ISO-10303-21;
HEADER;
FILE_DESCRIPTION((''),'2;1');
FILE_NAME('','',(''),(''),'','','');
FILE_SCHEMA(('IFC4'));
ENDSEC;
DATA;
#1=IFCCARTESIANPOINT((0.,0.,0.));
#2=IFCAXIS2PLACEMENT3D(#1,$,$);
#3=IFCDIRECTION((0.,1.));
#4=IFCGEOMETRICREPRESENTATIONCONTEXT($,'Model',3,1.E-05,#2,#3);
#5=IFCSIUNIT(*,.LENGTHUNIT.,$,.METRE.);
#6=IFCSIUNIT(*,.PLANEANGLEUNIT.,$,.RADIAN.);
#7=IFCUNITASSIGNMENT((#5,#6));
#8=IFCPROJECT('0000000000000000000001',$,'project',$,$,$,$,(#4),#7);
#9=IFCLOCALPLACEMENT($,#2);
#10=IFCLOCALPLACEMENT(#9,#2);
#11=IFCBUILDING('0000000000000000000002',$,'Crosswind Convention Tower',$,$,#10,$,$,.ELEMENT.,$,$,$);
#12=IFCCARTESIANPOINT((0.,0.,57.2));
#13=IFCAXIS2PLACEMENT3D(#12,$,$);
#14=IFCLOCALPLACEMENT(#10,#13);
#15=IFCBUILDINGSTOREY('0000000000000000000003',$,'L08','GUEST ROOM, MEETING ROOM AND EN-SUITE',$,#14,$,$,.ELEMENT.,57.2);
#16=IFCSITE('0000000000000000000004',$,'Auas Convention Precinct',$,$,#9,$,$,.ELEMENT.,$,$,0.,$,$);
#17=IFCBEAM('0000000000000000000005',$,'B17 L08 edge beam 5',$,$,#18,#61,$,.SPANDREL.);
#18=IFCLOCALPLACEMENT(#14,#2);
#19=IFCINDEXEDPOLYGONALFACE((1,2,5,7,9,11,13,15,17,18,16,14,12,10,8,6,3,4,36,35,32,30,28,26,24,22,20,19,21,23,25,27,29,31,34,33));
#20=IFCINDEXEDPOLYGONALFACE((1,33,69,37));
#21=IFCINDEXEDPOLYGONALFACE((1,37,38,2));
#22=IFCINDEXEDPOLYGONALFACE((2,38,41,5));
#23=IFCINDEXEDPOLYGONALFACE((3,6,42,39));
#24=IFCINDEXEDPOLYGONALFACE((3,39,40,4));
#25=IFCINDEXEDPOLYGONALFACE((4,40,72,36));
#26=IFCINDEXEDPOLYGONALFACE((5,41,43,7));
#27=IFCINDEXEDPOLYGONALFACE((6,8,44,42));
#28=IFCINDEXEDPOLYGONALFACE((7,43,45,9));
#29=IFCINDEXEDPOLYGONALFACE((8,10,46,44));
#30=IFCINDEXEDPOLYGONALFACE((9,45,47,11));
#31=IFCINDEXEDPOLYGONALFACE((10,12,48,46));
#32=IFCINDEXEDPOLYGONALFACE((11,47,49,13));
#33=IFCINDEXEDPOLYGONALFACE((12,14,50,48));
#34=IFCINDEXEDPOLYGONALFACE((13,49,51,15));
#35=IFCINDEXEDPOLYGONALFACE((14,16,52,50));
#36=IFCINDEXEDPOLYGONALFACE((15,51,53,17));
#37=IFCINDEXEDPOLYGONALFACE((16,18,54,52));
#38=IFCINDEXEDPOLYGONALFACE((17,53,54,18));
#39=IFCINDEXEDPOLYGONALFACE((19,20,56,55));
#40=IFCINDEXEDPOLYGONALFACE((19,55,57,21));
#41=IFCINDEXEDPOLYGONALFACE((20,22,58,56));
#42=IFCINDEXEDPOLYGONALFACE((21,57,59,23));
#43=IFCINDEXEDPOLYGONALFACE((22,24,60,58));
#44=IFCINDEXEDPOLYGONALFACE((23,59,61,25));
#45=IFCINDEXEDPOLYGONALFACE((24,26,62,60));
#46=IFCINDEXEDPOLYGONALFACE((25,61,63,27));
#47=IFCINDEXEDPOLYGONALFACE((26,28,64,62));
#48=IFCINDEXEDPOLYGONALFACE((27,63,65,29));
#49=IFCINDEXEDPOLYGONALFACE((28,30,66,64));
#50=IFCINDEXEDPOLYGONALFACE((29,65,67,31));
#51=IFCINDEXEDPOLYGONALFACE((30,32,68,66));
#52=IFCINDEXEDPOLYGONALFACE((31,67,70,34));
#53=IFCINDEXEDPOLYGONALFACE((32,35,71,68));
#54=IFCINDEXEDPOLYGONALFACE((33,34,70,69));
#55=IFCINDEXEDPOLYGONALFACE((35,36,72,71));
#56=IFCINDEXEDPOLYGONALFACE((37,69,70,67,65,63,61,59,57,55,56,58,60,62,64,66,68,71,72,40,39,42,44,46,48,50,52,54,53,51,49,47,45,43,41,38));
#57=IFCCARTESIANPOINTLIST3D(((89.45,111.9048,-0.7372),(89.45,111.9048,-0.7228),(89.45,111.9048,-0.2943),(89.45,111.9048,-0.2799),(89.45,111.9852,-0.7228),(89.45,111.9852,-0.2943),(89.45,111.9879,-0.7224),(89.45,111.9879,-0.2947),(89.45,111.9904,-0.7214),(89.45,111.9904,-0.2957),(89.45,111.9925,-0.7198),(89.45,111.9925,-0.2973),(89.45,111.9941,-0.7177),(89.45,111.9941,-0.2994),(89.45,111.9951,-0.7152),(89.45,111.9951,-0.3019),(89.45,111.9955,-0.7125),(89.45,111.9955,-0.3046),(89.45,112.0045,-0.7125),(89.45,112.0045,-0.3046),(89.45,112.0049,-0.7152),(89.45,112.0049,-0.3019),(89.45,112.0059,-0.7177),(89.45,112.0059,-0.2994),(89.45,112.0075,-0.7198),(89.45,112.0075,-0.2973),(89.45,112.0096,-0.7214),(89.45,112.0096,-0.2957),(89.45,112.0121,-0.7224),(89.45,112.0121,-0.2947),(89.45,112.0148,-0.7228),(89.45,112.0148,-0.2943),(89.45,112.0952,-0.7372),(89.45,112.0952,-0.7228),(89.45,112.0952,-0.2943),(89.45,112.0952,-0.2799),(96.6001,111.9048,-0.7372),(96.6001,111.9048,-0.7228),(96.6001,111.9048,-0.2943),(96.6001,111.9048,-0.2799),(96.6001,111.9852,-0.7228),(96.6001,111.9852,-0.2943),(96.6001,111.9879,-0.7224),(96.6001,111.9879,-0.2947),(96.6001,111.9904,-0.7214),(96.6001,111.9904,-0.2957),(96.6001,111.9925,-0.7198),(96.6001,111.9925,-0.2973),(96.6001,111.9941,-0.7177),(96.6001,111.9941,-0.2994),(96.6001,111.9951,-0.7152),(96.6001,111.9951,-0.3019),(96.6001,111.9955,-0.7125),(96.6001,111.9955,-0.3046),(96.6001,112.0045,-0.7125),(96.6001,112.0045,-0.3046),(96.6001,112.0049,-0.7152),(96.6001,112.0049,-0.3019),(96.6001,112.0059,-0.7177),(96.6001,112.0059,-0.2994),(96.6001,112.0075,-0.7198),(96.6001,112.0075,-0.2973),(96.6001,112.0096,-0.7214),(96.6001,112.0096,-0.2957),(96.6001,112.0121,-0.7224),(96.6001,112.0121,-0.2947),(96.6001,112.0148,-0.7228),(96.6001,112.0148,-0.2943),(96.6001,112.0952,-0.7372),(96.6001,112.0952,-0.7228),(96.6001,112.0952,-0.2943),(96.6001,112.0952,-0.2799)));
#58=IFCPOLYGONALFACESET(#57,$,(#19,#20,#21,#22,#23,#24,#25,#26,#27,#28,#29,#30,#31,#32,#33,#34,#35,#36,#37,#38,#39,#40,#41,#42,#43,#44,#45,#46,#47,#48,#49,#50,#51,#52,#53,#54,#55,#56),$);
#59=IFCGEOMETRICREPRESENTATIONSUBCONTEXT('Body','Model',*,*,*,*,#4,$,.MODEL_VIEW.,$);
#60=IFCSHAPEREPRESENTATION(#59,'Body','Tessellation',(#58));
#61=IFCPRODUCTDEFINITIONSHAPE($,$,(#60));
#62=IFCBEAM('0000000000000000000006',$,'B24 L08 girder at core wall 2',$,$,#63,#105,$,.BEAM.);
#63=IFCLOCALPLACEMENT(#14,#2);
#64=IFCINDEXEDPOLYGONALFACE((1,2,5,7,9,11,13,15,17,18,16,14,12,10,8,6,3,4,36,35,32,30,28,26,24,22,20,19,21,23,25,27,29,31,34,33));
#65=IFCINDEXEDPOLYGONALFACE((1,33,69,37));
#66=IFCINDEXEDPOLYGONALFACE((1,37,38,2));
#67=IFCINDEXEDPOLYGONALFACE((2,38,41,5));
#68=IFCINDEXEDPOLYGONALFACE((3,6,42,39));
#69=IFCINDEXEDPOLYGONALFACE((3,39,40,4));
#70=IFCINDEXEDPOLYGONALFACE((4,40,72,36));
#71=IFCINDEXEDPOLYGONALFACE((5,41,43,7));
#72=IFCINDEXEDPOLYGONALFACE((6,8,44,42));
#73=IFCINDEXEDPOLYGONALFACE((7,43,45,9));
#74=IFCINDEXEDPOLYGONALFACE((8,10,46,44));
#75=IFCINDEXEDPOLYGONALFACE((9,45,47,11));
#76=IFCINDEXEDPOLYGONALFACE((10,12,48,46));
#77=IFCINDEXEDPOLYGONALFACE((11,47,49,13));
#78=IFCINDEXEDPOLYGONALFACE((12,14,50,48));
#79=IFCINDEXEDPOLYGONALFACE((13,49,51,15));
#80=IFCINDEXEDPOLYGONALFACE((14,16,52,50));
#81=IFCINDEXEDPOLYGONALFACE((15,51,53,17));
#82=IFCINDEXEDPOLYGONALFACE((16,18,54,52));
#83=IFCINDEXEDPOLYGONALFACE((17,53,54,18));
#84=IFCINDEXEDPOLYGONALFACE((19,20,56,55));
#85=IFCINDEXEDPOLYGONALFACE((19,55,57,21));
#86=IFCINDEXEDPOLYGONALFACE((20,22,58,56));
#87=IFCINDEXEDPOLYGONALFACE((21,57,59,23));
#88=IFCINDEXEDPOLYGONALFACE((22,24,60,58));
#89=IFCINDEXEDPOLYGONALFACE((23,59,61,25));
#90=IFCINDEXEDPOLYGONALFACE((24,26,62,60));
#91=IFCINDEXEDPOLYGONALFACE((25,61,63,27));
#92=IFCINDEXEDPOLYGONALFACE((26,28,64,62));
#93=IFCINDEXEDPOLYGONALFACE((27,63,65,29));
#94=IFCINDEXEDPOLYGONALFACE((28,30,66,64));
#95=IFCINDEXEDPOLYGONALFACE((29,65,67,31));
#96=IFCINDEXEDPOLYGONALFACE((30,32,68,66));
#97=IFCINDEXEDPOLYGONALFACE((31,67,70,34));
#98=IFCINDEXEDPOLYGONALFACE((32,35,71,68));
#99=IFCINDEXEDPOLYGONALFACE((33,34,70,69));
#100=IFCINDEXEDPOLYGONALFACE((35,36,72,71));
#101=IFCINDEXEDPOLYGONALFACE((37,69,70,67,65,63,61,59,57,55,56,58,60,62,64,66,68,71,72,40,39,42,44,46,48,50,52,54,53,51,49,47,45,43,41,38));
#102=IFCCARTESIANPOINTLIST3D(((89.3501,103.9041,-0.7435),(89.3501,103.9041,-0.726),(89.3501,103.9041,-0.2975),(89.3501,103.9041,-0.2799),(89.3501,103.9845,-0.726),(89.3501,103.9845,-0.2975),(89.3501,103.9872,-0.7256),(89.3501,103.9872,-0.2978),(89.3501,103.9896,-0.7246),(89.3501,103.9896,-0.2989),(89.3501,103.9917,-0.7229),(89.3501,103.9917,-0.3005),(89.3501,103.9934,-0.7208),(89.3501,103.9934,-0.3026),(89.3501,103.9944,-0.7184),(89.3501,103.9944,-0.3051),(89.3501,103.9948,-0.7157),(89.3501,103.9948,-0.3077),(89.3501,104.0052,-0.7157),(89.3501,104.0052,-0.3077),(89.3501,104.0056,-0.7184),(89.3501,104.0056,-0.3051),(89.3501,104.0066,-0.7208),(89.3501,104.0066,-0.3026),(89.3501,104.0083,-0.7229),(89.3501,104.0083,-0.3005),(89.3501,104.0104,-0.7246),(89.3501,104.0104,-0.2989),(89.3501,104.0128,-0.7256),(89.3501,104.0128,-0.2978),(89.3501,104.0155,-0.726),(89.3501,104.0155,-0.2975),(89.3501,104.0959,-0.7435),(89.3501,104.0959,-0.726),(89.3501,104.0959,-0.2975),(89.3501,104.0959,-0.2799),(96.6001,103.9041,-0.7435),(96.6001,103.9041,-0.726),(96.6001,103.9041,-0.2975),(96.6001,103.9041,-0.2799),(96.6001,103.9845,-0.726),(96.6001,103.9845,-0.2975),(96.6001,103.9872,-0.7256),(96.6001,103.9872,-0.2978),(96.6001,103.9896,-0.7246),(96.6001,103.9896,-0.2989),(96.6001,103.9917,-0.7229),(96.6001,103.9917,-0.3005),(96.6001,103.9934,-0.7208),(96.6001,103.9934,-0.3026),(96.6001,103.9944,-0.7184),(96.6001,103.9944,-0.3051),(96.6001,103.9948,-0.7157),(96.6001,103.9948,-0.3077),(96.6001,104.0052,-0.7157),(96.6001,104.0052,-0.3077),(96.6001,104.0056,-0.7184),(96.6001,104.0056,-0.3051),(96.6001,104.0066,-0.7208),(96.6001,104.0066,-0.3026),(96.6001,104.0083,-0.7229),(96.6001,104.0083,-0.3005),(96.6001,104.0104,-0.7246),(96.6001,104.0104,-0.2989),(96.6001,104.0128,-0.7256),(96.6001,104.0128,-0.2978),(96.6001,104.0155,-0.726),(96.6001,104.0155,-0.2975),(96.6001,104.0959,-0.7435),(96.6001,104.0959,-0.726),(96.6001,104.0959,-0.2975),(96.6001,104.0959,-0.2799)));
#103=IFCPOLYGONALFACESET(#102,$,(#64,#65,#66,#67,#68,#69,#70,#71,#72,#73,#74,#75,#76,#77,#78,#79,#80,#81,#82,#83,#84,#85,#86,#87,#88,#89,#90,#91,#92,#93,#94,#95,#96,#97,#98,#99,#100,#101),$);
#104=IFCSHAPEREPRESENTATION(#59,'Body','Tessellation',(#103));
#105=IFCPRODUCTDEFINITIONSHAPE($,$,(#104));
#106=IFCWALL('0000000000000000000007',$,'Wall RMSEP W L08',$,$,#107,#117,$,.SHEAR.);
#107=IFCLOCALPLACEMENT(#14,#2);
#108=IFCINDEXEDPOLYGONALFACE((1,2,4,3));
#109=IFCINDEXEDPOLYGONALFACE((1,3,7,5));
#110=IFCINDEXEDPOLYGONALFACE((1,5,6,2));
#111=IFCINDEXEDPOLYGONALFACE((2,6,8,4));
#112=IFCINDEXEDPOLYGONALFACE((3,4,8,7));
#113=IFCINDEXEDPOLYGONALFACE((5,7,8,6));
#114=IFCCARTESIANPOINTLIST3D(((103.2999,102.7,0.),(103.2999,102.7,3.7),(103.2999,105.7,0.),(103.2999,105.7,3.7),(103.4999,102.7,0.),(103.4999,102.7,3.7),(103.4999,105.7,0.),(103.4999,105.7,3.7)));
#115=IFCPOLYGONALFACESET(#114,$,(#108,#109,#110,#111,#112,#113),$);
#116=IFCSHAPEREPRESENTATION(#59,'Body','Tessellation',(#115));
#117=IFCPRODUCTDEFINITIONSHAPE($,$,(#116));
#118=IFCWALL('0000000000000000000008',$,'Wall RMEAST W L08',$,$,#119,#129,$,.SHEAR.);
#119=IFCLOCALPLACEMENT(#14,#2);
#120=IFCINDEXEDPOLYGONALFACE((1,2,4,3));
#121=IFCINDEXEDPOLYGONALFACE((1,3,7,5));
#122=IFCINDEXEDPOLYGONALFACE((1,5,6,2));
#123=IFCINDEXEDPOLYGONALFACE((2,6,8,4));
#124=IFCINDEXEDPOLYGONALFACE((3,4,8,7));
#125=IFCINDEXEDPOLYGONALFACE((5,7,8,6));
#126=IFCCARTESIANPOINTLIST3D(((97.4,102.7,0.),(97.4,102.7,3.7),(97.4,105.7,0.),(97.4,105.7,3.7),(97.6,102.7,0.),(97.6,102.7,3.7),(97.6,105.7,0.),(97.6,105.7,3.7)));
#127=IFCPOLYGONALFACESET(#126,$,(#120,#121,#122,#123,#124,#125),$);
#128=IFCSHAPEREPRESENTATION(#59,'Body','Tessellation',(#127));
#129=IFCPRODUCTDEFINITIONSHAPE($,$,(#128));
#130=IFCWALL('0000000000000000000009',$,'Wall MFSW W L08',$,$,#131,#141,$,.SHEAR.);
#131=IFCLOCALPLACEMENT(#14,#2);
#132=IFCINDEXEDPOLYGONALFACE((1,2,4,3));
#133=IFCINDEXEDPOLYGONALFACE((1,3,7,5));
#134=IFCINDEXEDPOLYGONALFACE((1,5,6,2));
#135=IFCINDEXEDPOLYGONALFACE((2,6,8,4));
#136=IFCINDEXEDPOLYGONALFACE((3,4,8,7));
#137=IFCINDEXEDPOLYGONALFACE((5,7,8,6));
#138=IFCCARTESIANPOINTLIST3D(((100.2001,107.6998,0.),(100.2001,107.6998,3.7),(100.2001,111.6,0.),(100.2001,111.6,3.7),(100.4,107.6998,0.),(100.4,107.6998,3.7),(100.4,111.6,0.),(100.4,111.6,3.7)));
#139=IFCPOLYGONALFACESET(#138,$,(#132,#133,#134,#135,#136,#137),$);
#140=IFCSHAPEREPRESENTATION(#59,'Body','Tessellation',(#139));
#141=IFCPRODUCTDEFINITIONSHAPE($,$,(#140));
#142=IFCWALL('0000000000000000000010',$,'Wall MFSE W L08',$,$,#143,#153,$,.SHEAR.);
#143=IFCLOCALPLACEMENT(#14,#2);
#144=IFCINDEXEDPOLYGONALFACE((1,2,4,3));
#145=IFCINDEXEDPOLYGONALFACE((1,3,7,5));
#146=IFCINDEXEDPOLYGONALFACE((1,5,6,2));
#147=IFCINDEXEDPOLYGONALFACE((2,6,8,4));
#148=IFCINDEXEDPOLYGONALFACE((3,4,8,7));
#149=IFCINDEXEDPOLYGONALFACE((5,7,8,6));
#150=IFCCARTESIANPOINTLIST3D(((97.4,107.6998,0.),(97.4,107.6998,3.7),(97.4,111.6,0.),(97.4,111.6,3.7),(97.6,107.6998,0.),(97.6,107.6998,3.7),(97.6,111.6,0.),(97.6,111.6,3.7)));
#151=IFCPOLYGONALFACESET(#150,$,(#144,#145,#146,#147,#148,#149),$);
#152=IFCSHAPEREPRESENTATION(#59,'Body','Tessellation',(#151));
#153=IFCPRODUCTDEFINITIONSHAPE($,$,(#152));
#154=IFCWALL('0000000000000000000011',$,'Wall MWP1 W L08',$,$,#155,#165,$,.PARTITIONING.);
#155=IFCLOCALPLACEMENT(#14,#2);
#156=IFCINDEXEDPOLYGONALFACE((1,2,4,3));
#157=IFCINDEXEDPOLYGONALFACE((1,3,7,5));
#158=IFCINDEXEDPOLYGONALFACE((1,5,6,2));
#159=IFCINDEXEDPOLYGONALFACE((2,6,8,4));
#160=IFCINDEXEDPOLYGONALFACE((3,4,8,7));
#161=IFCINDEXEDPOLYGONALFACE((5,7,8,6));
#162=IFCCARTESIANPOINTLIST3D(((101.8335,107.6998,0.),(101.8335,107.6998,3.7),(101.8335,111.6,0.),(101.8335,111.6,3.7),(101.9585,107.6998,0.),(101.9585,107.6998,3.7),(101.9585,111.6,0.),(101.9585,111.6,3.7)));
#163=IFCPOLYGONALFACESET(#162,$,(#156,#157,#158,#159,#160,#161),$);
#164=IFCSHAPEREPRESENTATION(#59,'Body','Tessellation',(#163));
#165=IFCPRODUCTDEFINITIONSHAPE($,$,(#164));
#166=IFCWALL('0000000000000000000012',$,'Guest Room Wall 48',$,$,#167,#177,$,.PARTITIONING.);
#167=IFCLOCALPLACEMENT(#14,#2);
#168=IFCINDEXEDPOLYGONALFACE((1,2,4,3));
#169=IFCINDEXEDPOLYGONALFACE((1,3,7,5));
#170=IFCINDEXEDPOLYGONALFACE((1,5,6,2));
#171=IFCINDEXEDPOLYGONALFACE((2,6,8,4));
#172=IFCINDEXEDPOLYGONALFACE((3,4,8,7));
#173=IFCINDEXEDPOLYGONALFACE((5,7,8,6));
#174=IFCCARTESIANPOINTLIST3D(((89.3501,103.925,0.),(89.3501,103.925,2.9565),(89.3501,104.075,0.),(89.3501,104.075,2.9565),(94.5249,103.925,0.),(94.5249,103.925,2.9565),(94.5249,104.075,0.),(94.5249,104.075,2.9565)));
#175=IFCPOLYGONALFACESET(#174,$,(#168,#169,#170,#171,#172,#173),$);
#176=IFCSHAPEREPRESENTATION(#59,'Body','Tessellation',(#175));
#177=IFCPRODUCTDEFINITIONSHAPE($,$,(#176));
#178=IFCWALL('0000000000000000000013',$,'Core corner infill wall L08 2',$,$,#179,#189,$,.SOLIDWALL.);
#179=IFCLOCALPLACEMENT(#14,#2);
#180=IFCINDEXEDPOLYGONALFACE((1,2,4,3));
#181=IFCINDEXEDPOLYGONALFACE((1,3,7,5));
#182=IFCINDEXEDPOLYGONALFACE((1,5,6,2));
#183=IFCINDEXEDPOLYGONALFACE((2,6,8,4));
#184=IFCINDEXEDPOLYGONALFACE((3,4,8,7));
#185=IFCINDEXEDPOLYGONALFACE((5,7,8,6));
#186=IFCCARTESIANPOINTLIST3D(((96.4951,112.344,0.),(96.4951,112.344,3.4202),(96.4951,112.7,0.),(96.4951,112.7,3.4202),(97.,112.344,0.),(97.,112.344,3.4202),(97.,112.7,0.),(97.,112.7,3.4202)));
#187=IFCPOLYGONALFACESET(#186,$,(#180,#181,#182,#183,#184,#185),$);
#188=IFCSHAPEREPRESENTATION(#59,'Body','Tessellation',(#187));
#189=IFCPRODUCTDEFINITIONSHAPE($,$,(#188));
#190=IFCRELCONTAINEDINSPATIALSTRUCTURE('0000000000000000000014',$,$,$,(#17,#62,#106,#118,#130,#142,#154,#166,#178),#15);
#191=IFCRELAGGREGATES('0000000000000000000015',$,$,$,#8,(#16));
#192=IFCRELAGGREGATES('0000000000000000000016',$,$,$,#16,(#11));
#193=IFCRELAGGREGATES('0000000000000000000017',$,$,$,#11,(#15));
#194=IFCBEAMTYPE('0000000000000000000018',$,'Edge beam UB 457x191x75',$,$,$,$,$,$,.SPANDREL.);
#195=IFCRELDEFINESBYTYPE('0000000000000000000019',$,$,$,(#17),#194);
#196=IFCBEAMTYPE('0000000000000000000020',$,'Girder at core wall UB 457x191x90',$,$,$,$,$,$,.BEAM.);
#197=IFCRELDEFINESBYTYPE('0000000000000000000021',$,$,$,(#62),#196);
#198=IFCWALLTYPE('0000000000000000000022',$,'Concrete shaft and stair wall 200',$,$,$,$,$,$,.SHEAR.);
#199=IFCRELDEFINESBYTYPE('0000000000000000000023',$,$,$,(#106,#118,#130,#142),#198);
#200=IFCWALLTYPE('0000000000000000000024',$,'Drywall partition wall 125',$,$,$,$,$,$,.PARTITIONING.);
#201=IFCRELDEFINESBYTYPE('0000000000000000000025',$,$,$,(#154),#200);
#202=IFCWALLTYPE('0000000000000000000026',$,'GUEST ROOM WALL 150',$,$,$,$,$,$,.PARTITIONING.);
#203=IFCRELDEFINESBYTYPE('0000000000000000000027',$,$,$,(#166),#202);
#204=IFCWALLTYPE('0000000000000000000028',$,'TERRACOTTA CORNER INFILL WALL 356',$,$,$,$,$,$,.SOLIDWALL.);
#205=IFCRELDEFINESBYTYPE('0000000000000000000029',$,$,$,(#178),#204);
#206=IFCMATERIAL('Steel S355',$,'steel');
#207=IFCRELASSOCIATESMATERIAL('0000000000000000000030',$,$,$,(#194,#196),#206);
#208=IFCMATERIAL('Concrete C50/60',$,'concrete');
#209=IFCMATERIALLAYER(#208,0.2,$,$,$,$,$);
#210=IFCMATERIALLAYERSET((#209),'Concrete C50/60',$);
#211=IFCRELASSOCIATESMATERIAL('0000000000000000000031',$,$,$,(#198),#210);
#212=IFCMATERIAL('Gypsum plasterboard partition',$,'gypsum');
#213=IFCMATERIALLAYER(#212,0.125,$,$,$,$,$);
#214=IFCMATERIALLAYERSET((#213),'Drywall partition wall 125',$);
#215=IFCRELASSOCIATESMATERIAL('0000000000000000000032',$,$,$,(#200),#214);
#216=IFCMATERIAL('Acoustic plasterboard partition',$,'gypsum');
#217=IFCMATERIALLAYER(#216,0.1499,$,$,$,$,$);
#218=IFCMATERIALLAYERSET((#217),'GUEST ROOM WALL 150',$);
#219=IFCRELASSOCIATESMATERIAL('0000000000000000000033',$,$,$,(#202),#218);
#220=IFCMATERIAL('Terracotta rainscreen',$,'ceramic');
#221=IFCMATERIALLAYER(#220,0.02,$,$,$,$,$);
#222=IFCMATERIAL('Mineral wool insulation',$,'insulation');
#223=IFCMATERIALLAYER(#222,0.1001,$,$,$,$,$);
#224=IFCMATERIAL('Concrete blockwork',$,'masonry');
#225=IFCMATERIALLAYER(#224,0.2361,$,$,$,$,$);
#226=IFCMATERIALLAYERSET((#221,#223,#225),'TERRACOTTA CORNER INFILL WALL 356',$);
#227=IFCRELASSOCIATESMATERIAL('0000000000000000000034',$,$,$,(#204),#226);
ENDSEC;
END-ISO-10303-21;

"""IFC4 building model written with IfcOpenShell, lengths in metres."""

from ifc_helpers import new_model, si_unit, direction, frame, frame_2d, origin, origin_2d, place, context, subcontext, project, spatial, rectangle, i_section, extrude, material, layer, layer_set, material_profile, profile_set, type_object, element, save


model = new_model("IFC4")

# Units and contexts
model_context = context("Model", 3, precision=1e-05, world=origin(), true_north=direction((0.0, 1.0)))
body_context = subcontext(model_context, "Body", "Model", "MODEL_VIEW")
ifc_project = project(units=[si_unit("LENGTHUNIT", "METRE"), si_unit("PLANEANGLEUNIT", "RADIAN")], contexts=[model_context])

# Site, building, storey
site_placement = place(None, origin())
site = spatial("IfcSite", under=ifc_project, at=site_placement, Name="Auas Convention Precinct", CompositionType="ELEMENT", RefElevation=0.0)
building_placement = place(site_placement, origin())
building = spatial("IfcBuilding", under=site, at=building_placement, Name="Crosswind Convention Tower", CompositionType="ELEMENT")
storey_placement = place(building_placement, frame((0.0, 0.0, 57.2)))
storey = spatial("IfcBuildingStorey", under=building, at=storey_placement, Name="L08", Description="GUEST ROOM, MEETING ROOM AND EN-SUITE", CompositionType="ELEMENT", Elevation=57.2)

# Beams
ifc_material_1 = material(Name="Steel S355", Category="steel")
ifc_material_profile_1 = material_profile(ifc_material_1, i_section(OverallWidth=0.1904, OverallDepth=0.4573, WebThickness=0.009, FlangeThickness=0.0144, FilletRadius=0.0103, at=origin_2d()), Name="UB 457x191x75")
ifc_profile_set_1 = profile_set([ifc_material_profile_1], Name="Steel S355")
beam_type_1 = type_object("IfcBeamType", Name="Edge beam UB 457x191x75", PredefinedType="SPANDREL", material=ifc_profile_set_1)
beam_1_placement = place(storey_placement, frame((89.45, 112.0, -0.5085), z_axis=(1.0, 0.0, 0.0), x_axis=(0.0, 1.0, 0.0)))
element("IfcBeam", 1, at=beam_1_placement, inside=storey, type_object=beam_type_1, Name="B17 L08 edge beam 5", PredefinedType="SPANDREL", context=body_context, shape_type="SweptSolid", body=[
    extrude(i_section(OverallWidth=0.1904, OverallDepth=0.4573, WebThickness=0.009, FlangeThickness=0.0144, FilletRadius=0.0103, at=origin_2d()), origin(), (0.0, 0.0, 1.0), 7.1501),
])
ifc_material_profile_2 = material_profile(ifc_material_1, i_section(OverallWidth=0.1919, OverallDepth=0.4636, WebThickness=0.0105, FlangeThickness=0.0176, FilletRadius=0.0103, at=origin_2d()), Name="UB 457x191x90")
ifc_profile_set_2 = profile_set([ifc_material_profile_2], Name="Steel S355")
beam_type_2 = type_object("IfcBeamType", Name="Girder at core wall UB 457x191x90", PredefinedType="BEAM", material=ifc_profile_set_2)
beam_2_placement = place(storey_placement, frame((89.3501, 104.0, -0.5117), z_axis=(1.0, 0.0, 0.0), x_axis=(0.0, 1.0, 0.0)))
element("IfcBeam", 2, at=beam_2_placement, inside=storey, type_object=beam_type_2, Name="B24 L08 girder at core wall 2", PredefinedType="BEAM", context=body_context, shape_type="SweptSolid", body=[
    extrude(i_section(OverallWidth=0.1919, OverallDepth=0.4636, WebThickness=0.0105, FlangeThickness=0.0176, FilletRadius=0.0103, at=origin_2d()), origin(), (0.0, 0.0, 1.0), 7.25),
])

# Walls
ifc_material_2 = material(Name="Concrete C50/60", Category="concrete")
ifc_layer_1 = layer(ifc_material_2, 0.2)
ifc_layer_set_1 = layer_set([ifc_layer_1], Name="Concrete C50/60")
wall_type_1 = type_object("IfcWallType", Name="Concrete shaft and stair wall 200", PredefinedType="SHEAR", material=ifc_layer_set_1)
for number, where, z_axis, x_axis, name in (
    (3, (103.3999, 105.7, 0.0), (0.0, 0.0, 1.0), (0.0, -1.0, 0.0), "Wall RMSEP W L08"),
    (4, (97.5, 105.7, 0.0), (0.0, 0.0, 1.0), (0.0, -1.0, 0.0), "Wall RMEAST W L08"),
):
    element("IfcWall", number, at=place(storey_placement, frame(where, z_axis=z_axis, x_axis=x_axis)), inside=storey, type_object=wall_type_1, Name=name, PredefinedType="SHEAR", context=body_context, shape_type="SweptSolid", body=[
        extrude(rectangle(XDim=3.0, YDim=0.2, at=frame_2d((1.5, 0.0))), origin(), (0.0, 0.0, 1.0), 3.7),
    ])
for number, where, z_axis, x_axis, name in (
    (5, (100.3, 111.6001, 0.0), (0.0, 0.0, 1.0), (0.0, -1.0, 0.0), "Wall MFSW W L08"),
    (6, (97.5, 111.6001, 0.0), (0.0, 0.0, 1.0), (0.0, -1.0, 0.0), "Wall MFSE W L08"),
):
    element("IfcWall", number, at=place(storey_placement, frame(where, z_axis=z_axis, x_axis=x_axis)), inside=storey, type_object=wall_type_1, Name=name, PredefinedType="SHEAR", context=body_context, shape_type="SweptSolid", body=[
        extrude(rectangle(XDim=3.9001, YDim=0.2, at=frame_2d((1.9502, 0.0))), origin(), (0.0, 0.0, 1.0), 3.7),
    ])
ifc_material_3 = material(Name="Gypsum plasterboard partition", Category="gypsum")
ifc_layer_2 = layer(ifc_material_3, 0.125)
ifc_layer_set_2 = layer_set([ifc_layer_2], Name="Drywall partition wall 125")
wall_type_2 = type_object("IfcWallType", Name="Drywall partition wall 125", PredefinedType="PARTITIONING", material=ifc_layer_set_2)
wall_1_placement = place(storey_placement, frame((101.896, 111.6001, 0.0), z_axis=(0.0, 0.0, 1.0), x_axis=(0.0, -1.0, 0.0)))
element("IfcWall", 7, at=wall_1_placement, inside=storey, type_object=wall_type_2, Name="Wall MWP1 W L08", PredefinedType="PARTITIONING", context=body_context, shape_type="SweptSolid", body=[
    extrude(rectangle(XDim=3.9001, YDim=0.125, at=frame_2d((1.9502, 0.0))), origin(), (0.0, 0.0, 1.0), 3.7),
])
ifc_material_4 = material(Name="Acoustic plasterboard partition", Category="gypsum")
ifc_layer_3 = layer(ifc_material_4, 0.1499)
ifc_layer_set_3 = layer_set([ifc_layer_3], Name="GUEST ROOM WALL 150")
wall_type_3 = type_object("IfcWallType", Name="GUEST ROOM WALL 150", PredefinedType="PARTITIONING", material=ifc_layer_set_3)
wall_2_placement = place(storey_placement, frame((89.3501, 104.0, 0.0), z_axis=(0.0, 0.0, 1.0), x_axis=(1.0, 0.0, 0.0)))
element("IfcWall", 8, at=wall_2_placement, inside=storey, type_object=wall_type_3, Name="Guest Room Wall 48", PredefinedType="PARTITIONING", context=body_context, shape_type="SweptSolid", body=[
    extrude(rectangle(XDim=5.1748, YDim=0.1499, at=frame_2d((2.5874, 0.0))), origin(), (0.0, 0.0, 1.0), 2.9565),
])
ifc_material_5 = material(Name="Terracotta rainscreen", Category="ceramic")
ifc_layer_4 = layer(ifc_material_5, 0.02)
ifc_material_6 = material(Name="Mineral wool insulation", Category="insulation")
ifc_layer_5 = layer(ifc_material_6, 0.1001)
ifc_material_7 = material(Name="Concrete blockwork", Category="masonry")
ifc_layer_6 = layer(ifc_material_7, 0.2361)
ifc_layer_set_4 = layer_set([ifc_layer_4, ifc_layer_5, ifc_layer_6], Name="TERRACOTTA CORNER INFILL WALL 356")
wall_type_4 = type_object("IfcWallType", Name="TERRACOTTA CORNER INFILL WALL 356", PredefinedType="SOLIDWALL", material=ifc_layer_set_4)
wall_3_placement = place(storey_placement, frame((96.4951, 112.522, 0.0), z_axis=(0.0, 0.0, 1.0), x_axis=(1.0, 0.0, 0.0)))
element("IfcWall", 9, at=wall_3_placement, inside=storey, type_object=wall_type_4, Name="Core corner infill wall L08 2", PredefinedType="SOLIDWALL", context=body_context, shape_type="SweptSolid", body=[
    extrude(rectangle(XDim=0.5049, YDim=0.356, at=frame_2d((0.2524, 0.0))), origin(), (0.0, 0.0, 1.0), 3.4202),
])

save(model, "model.ifc")
